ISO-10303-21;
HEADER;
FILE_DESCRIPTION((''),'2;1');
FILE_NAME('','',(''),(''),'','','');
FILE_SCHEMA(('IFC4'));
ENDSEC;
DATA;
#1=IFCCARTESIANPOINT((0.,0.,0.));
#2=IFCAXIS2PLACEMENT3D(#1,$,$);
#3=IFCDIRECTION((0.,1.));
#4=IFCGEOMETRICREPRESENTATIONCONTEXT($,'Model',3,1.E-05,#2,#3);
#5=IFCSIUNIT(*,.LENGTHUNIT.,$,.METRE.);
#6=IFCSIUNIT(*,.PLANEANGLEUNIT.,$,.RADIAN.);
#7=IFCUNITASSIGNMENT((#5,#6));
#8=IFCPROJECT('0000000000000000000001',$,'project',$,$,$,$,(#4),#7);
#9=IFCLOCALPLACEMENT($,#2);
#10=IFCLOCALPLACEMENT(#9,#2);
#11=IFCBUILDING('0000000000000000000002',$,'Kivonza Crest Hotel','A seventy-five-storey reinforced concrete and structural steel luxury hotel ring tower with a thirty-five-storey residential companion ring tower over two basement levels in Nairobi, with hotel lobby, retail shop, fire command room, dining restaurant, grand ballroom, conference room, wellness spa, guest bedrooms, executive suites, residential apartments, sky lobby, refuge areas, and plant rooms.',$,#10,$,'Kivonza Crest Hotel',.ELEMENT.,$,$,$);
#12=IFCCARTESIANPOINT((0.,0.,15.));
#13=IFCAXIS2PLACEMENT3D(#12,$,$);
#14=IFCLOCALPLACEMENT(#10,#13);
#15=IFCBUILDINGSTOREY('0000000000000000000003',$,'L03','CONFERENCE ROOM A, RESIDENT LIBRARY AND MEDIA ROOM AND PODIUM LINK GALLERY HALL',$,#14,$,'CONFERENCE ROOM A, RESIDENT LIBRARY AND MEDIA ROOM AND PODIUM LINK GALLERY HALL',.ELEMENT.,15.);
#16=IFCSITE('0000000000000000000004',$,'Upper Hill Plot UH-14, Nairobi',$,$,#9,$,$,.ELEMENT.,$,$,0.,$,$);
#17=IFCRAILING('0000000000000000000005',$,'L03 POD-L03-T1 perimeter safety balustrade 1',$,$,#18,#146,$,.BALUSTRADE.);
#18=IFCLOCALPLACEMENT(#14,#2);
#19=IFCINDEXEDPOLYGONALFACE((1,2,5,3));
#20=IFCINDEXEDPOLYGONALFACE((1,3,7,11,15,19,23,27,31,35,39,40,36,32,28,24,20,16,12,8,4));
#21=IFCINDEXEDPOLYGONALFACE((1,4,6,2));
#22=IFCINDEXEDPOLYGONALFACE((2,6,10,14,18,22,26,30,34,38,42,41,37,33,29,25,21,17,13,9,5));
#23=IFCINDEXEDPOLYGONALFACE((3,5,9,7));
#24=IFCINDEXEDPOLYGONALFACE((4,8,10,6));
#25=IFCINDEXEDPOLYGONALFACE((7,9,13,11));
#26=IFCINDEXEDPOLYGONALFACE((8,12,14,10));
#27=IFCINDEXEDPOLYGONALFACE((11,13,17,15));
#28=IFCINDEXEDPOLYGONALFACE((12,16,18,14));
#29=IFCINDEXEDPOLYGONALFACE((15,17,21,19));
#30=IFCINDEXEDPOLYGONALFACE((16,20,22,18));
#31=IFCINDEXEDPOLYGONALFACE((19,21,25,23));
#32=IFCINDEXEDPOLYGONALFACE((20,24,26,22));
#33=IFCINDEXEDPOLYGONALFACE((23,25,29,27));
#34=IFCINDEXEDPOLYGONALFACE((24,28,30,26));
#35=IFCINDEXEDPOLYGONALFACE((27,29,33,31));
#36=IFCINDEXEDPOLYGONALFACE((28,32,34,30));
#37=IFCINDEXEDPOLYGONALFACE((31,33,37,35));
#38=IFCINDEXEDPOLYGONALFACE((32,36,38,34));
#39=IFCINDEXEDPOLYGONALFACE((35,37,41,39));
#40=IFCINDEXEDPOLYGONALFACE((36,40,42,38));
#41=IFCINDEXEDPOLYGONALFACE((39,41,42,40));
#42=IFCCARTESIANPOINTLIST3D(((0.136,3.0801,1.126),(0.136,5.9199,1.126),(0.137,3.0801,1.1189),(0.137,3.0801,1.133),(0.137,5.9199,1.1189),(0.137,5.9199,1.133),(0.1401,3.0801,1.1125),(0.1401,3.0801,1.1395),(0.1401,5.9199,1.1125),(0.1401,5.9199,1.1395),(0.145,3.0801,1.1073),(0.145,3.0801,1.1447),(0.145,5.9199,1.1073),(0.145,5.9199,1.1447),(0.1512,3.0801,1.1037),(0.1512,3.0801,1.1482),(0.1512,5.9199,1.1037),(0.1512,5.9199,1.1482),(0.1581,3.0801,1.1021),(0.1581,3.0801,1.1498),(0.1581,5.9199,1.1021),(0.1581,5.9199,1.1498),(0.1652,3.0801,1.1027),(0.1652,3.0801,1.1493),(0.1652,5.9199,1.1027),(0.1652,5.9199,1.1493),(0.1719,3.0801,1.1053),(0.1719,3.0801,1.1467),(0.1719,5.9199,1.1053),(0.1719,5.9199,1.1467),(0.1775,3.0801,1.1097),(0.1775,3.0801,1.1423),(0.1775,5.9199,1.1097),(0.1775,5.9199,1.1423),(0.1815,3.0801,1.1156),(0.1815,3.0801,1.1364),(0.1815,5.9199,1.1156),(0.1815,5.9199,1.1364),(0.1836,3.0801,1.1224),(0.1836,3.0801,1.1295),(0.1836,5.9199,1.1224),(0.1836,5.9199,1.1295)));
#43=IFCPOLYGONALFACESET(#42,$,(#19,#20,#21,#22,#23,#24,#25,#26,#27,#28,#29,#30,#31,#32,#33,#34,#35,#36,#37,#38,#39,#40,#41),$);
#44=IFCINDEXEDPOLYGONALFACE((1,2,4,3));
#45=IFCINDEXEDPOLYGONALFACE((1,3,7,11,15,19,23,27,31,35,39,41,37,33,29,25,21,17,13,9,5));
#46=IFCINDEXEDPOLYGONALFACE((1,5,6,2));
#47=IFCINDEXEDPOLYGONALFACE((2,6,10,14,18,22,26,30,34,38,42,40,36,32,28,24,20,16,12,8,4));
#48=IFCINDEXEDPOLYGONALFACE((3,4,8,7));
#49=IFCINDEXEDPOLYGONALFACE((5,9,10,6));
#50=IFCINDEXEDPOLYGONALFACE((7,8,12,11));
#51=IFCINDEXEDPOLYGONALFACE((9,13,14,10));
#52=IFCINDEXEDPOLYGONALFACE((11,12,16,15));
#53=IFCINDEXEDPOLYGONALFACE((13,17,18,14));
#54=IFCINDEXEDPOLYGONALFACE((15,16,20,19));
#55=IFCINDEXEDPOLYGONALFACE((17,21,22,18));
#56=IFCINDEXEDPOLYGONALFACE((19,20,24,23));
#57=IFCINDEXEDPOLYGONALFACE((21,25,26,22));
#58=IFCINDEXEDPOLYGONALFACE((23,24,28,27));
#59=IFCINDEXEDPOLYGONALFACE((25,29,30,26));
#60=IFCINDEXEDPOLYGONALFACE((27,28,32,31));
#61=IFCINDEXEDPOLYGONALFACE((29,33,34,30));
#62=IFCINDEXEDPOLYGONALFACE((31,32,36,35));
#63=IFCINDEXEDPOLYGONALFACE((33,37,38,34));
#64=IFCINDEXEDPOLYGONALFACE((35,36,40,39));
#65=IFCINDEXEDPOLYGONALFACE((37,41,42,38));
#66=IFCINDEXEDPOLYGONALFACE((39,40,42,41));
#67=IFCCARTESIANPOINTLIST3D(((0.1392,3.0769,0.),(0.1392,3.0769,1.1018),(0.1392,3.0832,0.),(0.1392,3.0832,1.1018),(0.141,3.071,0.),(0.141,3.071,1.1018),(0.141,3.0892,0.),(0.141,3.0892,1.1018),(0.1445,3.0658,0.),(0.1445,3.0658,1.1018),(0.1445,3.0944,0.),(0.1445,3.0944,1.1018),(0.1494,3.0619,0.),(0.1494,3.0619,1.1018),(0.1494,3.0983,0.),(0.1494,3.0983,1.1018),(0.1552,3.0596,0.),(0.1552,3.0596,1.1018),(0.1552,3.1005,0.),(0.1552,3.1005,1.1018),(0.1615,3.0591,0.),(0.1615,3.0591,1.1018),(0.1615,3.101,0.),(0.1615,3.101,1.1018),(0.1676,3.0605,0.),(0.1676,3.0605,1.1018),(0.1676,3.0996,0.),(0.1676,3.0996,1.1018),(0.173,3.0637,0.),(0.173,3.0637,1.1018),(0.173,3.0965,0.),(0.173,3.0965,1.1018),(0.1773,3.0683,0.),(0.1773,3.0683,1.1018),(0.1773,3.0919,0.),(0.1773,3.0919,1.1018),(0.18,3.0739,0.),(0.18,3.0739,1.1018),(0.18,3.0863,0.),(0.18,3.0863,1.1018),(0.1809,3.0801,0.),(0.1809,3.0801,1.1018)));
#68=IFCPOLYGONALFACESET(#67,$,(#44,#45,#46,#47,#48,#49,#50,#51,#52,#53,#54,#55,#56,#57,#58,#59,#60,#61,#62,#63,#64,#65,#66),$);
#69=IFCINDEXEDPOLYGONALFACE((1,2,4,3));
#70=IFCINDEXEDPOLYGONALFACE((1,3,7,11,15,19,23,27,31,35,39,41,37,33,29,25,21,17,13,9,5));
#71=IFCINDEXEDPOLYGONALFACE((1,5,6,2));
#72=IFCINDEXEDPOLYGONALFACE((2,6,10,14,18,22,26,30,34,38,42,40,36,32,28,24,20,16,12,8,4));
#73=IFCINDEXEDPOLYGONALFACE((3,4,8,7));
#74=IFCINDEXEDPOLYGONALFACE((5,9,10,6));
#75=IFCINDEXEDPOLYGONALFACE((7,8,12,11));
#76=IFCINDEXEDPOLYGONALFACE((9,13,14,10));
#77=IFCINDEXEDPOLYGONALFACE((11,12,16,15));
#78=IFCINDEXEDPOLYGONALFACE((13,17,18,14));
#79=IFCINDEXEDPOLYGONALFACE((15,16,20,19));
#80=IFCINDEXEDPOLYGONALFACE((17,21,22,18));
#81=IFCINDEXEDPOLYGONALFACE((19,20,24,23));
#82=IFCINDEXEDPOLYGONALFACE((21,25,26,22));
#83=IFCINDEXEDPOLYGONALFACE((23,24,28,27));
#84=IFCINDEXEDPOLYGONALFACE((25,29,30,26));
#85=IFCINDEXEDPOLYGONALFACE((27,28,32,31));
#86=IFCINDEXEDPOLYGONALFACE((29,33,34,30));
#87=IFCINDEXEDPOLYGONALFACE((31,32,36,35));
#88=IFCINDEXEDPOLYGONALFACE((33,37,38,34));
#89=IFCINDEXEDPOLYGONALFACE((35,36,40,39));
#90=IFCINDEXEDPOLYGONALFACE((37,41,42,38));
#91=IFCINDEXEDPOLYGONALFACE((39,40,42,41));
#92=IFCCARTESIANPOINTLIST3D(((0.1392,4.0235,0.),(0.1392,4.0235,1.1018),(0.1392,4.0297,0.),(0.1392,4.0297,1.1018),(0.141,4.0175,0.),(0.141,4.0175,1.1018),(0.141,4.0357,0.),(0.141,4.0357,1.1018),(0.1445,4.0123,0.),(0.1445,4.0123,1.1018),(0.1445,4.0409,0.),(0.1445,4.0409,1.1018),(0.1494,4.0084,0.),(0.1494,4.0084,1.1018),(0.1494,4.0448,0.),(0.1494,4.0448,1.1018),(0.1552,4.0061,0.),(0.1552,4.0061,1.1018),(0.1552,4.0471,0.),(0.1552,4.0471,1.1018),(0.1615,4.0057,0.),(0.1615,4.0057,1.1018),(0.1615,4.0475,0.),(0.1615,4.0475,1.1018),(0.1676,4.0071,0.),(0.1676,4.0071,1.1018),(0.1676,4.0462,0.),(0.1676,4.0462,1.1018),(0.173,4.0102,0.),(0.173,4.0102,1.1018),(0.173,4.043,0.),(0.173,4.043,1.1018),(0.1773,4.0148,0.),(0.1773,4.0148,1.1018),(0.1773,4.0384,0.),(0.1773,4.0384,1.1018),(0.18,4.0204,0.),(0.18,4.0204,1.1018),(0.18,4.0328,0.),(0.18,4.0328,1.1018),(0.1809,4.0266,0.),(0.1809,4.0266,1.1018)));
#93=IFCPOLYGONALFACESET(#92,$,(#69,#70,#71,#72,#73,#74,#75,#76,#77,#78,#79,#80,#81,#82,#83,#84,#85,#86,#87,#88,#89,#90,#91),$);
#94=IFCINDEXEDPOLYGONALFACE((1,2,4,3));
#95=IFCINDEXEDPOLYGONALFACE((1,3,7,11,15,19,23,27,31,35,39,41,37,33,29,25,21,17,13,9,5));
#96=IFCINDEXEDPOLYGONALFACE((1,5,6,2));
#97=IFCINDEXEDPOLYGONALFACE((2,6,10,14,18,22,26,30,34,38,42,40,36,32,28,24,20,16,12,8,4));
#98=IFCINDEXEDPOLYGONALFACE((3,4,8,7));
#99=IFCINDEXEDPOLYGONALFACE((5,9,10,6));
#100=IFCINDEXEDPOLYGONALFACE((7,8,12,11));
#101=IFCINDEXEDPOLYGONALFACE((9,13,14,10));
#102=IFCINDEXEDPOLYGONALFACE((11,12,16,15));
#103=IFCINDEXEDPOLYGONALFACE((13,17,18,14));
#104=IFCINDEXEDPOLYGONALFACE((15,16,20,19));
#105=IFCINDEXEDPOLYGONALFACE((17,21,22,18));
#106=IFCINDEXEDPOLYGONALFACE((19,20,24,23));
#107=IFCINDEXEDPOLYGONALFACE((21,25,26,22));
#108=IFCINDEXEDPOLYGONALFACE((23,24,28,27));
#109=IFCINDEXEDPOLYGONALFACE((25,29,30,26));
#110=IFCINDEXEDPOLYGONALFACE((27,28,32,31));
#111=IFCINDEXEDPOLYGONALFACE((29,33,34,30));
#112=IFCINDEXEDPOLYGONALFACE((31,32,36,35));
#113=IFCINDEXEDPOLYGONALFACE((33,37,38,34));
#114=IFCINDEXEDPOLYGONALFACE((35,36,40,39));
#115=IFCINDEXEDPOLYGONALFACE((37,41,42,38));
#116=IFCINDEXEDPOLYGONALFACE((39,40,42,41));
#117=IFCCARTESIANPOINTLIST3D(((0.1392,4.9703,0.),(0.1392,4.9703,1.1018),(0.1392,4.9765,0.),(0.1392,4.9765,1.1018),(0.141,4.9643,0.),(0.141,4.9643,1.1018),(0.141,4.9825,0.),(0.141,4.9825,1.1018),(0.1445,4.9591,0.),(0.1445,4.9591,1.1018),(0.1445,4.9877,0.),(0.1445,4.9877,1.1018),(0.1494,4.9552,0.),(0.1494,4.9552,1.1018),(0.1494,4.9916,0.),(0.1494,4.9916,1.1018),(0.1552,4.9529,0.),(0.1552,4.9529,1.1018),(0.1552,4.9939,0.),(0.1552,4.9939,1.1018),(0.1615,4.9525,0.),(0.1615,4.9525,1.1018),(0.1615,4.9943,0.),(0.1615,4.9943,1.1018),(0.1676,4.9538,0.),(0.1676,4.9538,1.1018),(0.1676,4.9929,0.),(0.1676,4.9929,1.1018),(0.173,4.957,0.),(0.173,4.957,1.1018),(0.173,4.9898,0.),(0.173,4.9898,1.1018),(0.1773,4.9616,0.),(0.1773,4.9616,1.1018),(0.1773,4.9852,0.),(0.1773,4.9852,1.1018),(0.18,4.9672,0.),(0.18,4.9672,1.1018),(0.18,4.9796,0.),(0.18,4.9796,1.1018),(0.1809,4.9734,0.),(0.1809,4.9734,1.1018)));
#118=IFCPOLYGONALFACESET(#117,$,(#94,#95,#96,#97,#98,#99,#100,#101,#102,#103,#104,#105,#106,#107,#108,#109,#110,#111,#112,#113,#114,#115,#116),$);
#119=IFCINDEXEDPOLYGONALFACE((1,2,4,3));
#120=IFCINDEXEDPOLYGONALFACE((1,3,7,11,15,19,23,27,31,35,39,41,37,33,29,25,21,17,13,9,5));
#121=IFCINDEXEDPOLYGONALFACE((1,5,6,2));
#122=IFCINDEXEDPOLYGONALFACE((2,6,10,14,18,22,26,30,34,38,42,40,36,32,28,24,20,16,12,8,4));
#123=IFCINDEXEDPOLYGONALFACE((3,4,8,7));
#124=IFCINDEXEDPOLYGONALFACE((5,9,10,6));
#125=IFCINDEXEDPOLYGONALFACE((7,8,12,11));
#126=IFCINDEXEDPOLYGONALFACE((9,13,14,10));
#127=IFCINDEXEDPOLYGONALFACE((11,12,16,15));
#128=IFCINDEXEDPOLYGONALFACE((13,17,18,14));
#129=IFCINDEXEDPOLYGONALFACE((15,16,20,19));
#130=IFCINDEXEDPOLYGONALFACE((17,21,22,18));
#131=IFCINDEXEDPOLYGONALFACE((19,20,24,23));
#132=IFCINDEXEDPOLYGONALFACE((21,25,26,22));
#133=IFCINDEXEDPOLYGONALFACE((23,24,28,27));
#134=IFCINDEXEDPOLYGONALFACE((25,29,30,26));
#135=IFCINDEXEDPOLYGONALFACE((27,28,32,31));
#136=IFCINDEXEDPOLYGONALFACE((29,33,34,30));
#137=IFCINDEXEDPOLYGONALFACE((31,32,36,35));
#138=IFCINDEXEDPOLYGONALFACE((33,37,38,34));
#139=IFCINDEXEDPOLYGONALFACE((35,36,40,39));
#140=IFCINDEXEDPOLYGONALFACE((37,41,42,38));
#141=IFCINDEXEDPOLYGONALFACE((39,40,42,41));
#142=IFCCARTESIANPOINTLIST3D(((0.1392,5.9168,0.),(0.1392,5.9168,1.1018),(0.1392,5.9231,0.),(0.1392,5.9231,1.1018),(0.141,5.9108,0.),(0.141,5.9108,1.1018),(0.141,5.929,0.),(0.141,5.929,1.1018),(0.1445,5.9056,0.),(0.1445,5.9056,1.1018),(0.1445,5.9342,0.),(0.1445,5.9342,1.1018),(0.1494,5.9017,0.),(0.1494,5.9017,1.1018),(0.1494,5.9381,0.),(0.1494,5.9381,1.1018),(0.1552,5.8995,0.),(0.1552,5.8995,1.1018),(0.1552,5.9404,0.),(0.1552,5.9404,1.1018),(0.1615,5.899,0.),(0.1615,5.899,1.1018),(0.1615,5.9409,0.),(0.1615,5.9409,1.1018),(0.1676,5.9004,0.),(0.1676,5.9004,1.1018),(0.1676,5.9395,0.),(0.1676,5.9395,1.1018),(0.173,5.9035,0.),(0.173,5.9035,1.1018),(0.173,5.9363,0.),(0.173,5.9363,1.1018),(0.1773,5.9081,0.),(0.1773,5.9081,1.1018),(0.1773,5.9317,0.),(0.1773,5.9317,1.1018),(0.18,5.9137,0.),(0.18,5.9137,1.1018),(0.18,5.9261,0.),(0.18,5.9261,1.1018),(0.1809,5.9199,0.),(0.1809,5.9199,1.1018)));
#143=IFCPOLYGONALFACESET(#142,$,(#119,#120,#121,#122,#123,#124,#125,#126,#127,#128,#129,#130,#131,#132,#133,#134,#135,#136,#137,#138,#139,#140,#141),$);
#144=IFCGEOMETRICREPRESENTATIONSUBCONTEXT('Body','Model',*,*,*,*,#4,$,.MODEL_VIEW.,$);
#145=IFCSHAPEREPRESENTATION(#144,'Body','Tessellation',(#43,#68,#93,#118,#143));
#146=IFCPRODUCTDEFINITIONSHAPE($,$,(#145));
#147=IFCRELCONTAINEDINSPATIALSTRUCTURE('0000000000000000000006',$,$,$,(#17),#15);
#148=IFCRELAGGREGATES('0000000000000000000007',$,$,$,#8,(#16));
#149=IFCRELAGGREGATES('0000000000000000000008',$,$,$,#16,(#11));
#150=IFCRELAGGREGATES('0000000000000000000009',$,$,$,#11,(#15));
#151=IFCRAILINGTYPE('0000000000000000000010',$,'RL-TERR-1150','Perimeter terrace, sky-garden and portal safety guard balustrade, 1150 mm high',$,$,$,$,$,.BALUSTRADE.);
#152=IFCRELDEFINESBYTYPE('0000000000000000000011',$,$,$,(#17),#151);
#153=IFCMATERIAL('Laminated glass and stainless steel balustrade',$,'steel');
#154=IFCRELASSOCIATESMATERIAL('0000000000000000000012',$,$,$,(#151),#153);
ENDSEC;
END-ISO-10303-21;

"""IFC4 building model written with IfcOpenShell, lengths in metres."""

from ifc_helpers import new_model, si_unit, direction, frame, origin, origin_2d, place, context, subcontext, project, spatial, circle, extrude, material, type_object, element, save


model = new_model("IFC4")

# Units and contexts
model_context = context("Model", 3, precision=1e-05, world=origin(), true_north=direction((0.0, 1.0)))
body_context = subcontext(model_context, "Body", "Model", "MODEL_VIEW")
ifc_project = project(units=[si_unit("LENGTHUNIT", "METRE"), si_unit("PLANEANGLEUNIT", "RADIAN")], contexts=[model_context])

# Site, building, storey
site_placement = place(None, origin())
site = spatial("IfcSite", under=ifc_project, at=site_placement, Name="Upper Hill Plot UH-14, Nairobi", CompositionType="ELEMENT", RefElevation=0.0)
building_placement = place(site_placement, origin())
building = spatial("IfcBuilding", under=site, at=building_placement, Name="Kivonza Crest Hotel", Description="A seventy-five-storey reinforced concrete and structural steel luxury hotel ring tower with a thirty-five-storey residential companion ring tower over two basement levels in Nairobi, with hotel lobby, retail shop, fire command room, dining restaurant, grand ballroom, conference room, wellness spa, guest bedrooms, executive suites, residential apartments, sky lobby, refuge areas, and plant rooms.", LongName="Kivonza Crest Hotel", CompositionType="ELEMENT")
storey_placement = place(building_placement, frame((0.0, 0.0, 15.0)))
storey = spatial("IfcBuildingStorey", under=building, at=storey_placement, Name="L03", Description="CONFERENCE ROOM A, RESIDENT LIBRARY AND MEDIA ROOM AND PODIUM LINK GALLERY HALL", LongName="CONFERENCE ROOM A, RESIDENT LIBRARY AND MEDIA ROOM AND PODIUM LINK GALLERY HALL", CompositionType="ELEMENT", Elevation=15.0)

# Railing
ifc_material_1 = material(Name="Laminated glass and stainless steel balustrade", Category="steel")
railing_type = type_object("IfcRailingType", Name="RL-TERR-1150", Description="Perimeter terrace, sky-garden and portal safety guard balustrade, 1150 mm high", PredefinedType="BALUSTRADE", material=ifc_material_1)
railing_placement = place(storey_placement, frame((0.1599, 3.0801, 0.0)))
element("IfcRailing", 1, at=railing_placement, inside=storey, type_object=railing_type, Name="L03 POD-L03-T1 perimeter safety balustrade 1", PredefinedType="BALUSTRADE", context=body_context, shape_type="SweptSolid", body=[
    extrude(circle(Radius=0.0239, at=origin_2d()), frame((0.0, 0.0, 1.126), z_axis=(0.0, 1.0, 0.0), x_axis=(-1.0, 0.0, 0.0)), (0.0, 0.0, 1.0), 2.8398),
    extrude(circle(Radius=0.021, at=origin_2d()), origin(), (0.0, 0.0, 1.0), 1.1018),
    extrude(circle(Radius=0.021, at=origin_2d()), frame((0.0, 0.9465, 0.0)), (0.0, 0.0, 1.0), 1.1018),
    extrude(circle(Radius=0.021, at=origin_2d()), frame((0.0, 1.8933, 0.0)), (0.0, 0.0, 1.0), 1.1018),
    extrude(circle(Radius=0.021, at=origin_2d()), frame((0.0, 2.8398, 0.0)), (0.0, 0.0, 1.0), 1.1018),
])

save(model, "model.ifc")
